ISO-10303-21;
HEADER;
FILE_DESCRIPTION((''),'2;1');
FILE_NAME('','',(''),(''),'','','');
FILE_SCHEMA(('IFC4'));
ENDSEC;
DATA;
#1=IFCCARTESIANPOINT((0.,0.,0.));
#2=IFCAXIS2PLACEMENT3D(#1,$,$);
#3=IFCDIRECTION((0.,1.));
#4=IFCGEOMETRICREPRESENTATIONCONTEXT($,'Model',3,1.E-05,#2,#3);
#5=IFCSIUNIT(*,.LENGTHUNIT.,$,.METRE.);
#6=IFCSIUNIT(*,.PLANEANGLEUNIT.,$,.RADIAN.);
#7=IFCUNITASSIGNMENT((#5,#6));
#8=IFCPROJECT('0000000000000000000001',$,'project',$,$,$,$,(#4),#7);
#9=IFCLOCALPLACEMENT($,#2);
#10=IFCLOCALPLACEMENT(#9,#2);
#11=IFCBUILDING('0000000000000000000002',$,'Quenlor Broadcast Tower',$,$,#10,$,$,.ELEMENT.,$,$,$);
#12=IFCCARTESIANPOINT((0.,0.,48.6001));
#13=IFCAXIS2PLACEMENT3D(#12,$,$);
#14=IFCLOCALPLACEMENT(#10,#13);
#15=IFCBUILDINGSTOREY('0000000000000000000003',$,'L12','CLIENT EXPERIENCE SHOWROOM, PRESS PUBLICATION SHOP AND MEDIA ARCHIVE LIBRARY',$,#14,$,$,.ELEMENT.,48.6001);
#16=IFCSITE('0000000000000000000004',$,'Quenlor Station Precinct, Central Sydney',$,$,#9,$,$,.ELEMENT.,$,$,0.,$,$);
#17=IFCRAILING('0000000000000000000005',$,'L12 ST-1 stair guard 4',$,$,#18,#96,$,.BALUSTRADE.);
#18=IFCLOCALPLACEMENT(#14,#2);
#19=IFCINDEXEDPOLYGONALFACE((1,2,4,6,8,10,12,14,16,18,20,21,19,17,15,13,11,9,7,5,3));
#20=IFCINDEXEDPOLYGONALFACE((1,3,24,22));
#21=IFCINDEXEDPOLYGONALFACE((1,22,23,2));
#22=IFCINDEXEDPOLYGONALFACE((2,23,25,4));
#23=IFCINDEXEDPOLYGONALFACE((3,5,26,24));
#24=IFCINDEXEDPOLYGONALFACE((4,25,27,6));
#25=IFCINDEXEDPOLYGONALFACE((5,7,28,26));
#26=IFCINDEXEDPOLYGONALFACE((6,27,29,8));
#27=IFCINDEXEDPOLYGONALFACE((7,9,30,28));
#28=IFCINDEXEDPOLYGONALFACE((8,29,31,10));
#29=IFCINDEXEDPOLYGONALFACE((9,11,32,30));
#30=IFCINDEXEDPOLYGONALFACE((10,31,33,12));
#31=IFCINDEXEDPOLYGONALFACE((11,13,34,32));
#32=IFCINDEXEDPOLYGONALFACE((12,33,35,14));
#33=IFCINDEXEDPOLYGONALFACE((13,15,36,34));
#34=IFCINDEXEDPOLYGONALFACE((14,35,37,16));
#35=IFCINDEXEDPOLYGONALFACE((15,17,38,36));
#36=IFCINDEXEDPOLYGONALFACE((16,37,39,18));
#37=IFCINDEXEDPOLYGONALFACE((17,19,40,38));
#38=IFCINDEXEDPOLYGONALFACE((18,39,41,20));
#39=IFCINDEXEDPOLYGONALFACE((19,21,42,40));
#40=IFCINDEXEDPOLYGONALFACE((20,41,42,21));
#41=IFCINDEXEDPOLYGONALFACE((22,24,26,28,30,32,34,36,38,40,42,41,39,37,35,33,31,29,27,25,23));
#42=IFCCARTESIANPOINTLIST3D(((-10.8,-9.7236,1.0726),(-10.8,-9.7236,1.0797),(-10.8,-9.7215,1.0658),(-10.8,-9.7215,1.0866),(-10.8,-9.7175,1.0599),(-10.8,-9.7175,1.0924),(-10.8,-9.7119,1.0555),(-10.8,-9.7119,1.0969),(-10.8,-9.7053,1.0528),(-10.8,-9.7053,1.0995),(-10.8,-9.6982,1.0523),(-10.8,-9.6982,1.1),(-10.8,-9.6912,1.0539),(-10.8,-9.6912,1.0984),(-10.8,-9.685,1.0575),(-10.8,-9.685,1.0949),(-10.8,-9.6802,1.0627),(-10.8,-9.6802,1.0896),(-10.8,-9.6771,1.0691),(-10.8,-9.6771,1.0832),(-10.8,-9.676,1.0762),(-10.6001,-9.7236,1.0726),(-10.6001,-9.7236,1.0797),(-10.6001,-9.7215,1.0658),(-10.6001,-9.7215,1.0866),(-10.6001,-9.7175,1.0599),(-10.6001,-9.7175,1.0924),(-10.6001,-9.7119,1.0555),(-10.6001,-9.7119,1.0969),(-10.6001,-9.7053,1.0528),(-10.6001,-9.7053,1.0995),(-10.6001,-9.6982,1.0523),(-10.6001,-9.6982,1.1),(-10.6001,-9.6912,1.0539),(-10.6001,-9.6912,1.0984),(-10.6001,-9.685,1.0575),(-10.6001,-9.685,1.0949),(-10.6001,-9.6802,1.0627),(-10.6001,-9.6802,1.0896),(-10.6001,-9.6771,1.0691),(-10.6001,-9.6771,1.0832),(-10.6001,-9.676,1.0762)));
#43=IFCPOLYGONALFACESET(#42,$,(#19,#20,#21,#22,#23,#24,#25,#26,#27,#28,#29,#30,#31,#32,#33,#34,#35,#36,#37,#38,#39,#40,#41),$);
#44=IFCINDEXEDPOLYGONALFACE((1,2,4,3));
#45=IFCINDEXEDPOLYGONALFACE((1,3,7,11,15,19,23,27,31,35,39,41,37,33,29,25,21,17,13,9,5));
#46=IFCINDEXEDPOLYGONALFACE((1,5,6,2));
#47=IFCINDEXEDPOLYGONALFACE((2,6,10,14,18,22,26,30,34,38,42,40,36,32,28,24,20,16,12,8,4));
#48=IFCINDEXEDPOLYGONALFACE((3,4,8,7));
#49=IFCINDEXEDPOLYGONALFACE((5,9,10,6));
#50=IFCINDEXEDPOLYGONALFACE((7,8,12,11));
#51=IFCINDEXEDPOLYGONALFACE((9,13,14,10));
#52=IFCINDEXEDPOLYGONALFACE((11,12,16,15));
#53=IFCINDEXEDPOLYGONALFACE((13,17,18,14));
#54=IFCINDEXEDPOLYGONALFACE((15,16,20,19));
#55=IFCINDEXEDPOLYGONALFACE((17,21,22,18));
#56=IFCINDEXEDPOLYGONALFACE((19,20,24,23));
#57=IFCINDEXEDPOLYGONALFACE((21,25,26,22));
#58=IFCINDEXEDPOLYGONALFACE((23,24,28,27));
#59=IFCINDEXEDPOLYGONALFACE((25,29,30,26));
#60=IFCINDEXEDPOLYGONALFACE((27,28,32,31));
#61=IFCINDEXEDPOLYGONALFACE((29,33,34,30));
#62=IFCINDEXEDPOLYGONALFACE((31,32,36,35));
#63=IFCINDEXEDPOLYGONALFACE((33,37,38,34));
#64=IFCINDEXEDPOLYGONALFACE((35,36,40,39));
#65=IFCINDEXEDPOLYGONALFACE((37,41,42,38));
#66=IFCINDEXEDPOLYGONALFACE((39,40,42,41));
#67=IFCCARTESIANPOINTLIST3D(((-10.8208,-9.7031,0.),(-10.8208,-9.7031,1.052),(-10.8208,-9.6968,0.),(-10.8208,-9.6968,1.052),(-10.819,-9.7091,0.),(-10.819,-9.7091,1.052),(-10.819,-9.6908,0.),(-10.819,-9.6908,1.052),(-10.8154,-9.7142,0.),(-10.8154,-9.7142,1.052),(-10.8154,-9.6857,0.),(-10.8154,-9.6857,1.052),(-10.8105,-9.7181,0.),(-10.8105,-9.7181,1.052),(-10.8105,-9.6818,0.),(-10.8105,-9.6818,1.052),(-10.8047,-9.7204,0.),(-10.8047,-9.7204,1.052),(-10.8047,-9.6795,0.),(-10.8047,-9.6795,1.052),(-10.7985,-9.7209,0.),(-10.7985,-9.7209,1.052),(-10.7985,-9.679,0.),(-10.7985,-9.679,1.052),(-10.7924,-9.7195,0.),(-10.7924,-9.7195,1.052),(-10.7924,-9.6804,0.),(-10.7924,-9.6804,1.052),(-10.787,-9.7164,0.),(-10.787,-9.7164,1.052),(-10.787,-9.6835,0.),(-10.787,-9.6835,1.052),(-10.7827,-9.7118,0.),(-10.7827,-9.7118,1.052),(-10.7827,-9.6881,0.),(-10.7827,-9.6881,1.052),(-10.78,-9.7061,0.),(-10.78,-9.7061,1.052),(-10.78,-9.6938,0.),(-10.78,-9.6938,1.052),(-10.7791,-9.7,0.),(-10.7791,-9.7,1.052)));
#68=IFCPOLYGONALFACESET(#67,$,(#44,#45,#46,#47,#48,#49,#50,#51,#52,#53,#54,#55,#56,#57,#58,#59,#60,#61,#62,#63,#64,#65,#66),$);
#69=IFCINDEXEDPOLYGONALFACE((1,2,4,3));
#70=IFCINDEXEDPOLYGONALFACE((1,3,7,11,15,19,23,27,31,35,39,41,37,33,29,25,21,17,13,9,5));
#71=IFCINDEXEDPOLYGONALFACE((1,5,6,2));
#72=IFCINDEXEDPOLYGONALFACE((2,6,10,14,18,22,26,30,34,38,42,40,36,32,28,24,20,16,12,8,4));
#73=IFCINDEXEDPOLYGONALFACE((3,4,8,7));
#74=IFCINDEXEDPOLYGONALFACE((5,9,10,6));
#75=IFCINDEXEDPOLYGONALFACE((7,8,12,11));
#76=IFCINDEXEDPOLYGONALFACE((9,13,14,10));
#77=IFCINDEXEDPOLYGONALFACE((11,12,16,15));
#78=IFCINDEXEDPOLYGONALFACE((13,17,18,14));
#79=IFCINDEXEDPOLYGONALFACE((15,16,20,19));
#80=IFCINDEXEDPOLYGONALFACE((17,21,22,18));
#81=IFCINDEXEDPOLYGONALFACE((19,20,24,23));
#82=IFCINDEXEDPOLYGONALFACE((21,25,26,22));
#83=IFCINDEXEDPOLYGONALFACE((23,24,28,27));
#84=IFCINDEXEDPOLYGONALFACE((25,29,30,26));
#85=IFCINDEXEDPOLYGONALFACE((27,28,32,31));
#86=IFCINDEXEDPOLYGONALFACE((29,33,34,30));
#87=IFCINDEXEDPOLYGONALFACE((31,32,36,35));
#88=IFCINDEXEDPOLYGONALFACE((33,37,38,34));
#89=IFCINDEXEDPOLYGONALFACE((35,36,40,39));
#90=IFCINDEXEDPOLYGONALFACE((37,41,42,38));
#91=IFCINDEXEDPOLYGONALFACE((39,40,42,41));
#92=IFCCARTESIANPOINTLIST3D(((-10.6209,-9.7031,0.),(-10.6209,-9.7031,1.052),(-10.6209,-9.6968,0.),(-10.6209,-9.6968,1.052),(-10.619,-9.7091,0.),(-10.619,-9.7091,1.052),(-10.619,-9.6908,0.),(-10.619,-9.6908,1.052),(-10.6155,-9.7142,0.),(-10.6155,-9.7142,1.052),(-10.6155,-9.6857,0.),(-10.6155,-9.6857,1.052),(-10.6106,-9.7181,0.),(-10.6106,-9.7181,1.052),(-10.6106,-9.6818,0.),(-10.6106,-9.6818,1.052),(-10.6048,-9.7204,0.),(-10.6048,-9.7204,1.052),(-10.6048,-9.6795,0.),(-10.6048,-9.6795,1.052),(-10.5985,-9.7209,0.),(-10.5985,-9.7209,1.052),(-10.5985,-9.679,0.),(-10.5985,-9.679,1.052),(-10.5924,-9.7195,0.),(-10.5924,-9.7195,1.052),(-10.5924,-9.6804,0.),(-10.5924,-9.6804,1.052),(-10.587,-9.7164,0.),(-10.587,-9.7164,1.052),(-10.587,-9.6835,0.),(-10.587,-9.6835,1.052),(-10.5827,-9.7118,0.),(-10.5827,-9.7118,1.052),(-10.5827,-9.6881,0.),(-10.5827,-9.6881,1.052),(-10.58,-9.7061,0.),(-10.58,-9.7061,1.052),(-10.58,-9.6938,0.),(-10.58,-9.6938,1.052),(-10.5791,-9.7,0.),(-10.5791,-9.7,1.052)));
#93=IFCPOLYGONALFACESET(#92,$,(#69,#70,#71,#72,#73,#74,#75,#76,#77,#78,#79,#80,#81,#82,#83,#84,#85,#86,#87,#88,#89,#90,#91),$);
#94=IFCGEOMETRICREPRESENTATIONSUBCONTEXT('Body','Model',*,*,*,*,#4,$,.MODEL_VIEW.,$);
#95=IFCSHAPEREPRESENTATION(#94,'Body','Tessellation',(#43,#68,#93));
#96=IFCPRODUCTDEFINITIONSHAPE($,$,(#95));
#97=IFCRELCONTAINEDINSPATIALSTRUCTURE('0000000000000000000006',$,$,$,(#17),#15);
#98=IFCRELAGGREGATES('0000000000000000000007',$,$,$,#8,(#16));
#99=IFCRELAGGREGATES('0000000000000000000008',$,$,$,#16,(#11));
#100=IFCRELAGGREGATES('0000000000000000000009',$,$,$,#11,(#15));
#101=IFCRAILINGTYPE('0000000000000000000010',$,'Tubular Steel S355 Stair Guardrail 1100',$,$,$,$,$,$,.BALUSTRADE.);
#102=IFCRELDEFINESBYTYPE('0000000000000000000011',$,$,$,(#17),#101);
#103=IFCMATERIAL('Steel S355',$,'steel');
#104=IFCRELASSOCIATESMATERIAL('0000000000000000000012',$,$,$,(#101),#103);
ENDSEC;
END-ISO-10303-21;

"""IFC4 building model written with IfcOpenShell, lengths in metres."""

from ifc_helpers import new_model, si_unit, direction, frame, origin, origin_2d, place, context, subcontext, project, spatial, circle, extrude, material, type_object, element, save


model = new_model("IFC4")

# Units and contexts
model_context = context("Model", 3, precision=1e-05, world=origin(), true_north=direction((0.0, 1.0)))
body_context = subcontext(model_context, "Body", "Model", "MODEL_VIEW")
ifc_project = project(units=[si_unit("LENGTHUNIT", "METRE"), si_unit("PLANEANGLEUNIT", "RADIAN")], contexts=[model_context])

# Site, building, storey
site_placement = place(None, origin())
site = spatial("IfcSite", under=ifc_project, at=site_placement, Name="Quenlor Station Precinct, Central Sydney", CompositionType="ELEMENT", RefElevation=0.0)
building_placement = place(site_placement, origin())
building = spatial("IfcBuilding", under=site, at=building_placement, Name="Quenlor Broadcast Tower", CompositionType="ELEMENT")
storey_placement = place(building_placement, frame((0.0, 0.0, 48.6001)))
storey = spatial("IfcBuildingStorey", under=building, at=storey_placement, Name="L12", Description="CLIENT EXPERIENCE SHOWROOM, PRESS PUBLICATION SHOP AND MEDIA ARCHIVE LIBRARY", CompositionType="ELEMENT", Elevation=48.6001)

# Railing
ifc_material_1 = material(Name="Steel S355", Category="steel")
railing_type_1 = type_object("IfcRailingType", Name="Tubular Steel S355 Stair Guardrail 1100", PredefinedType="BALUSTRADE", material=ifc_material_1)
railing_1_placement = place(storey_placement, frame((-10.8, -9.7, 0.0)))
element("IfcRailing", 1, at=railing_1_placement, inside=storey, type_object=railing_type_1, Name="L12 ST-1 stair guard 4", PredefinedType="BALUSTRADE", context=body_context, shape_type="SweptSolid", body=[
    extrude(circle(Radius=0.0239, at=origin_2d()), frame((0.0, 0.0, 1.0762), z_axis=(1.0, 0.0, 0.0), x_axis=(0.0, 1.0, 0.0)), (0.0, 0.0, 1.0), 0.2),
    extrude(circle(Radius=0.021, at=origin_2d()), origin(), (0.0, 0.0, 1.0), 1.052),
    extrude(circle(Radius=0.021, at=origin_2d()), frame((0.2, 0.0, 0.0)), (0.0, 0.0, 1.0), 1.052),
])

save(model, "model.ifc")
